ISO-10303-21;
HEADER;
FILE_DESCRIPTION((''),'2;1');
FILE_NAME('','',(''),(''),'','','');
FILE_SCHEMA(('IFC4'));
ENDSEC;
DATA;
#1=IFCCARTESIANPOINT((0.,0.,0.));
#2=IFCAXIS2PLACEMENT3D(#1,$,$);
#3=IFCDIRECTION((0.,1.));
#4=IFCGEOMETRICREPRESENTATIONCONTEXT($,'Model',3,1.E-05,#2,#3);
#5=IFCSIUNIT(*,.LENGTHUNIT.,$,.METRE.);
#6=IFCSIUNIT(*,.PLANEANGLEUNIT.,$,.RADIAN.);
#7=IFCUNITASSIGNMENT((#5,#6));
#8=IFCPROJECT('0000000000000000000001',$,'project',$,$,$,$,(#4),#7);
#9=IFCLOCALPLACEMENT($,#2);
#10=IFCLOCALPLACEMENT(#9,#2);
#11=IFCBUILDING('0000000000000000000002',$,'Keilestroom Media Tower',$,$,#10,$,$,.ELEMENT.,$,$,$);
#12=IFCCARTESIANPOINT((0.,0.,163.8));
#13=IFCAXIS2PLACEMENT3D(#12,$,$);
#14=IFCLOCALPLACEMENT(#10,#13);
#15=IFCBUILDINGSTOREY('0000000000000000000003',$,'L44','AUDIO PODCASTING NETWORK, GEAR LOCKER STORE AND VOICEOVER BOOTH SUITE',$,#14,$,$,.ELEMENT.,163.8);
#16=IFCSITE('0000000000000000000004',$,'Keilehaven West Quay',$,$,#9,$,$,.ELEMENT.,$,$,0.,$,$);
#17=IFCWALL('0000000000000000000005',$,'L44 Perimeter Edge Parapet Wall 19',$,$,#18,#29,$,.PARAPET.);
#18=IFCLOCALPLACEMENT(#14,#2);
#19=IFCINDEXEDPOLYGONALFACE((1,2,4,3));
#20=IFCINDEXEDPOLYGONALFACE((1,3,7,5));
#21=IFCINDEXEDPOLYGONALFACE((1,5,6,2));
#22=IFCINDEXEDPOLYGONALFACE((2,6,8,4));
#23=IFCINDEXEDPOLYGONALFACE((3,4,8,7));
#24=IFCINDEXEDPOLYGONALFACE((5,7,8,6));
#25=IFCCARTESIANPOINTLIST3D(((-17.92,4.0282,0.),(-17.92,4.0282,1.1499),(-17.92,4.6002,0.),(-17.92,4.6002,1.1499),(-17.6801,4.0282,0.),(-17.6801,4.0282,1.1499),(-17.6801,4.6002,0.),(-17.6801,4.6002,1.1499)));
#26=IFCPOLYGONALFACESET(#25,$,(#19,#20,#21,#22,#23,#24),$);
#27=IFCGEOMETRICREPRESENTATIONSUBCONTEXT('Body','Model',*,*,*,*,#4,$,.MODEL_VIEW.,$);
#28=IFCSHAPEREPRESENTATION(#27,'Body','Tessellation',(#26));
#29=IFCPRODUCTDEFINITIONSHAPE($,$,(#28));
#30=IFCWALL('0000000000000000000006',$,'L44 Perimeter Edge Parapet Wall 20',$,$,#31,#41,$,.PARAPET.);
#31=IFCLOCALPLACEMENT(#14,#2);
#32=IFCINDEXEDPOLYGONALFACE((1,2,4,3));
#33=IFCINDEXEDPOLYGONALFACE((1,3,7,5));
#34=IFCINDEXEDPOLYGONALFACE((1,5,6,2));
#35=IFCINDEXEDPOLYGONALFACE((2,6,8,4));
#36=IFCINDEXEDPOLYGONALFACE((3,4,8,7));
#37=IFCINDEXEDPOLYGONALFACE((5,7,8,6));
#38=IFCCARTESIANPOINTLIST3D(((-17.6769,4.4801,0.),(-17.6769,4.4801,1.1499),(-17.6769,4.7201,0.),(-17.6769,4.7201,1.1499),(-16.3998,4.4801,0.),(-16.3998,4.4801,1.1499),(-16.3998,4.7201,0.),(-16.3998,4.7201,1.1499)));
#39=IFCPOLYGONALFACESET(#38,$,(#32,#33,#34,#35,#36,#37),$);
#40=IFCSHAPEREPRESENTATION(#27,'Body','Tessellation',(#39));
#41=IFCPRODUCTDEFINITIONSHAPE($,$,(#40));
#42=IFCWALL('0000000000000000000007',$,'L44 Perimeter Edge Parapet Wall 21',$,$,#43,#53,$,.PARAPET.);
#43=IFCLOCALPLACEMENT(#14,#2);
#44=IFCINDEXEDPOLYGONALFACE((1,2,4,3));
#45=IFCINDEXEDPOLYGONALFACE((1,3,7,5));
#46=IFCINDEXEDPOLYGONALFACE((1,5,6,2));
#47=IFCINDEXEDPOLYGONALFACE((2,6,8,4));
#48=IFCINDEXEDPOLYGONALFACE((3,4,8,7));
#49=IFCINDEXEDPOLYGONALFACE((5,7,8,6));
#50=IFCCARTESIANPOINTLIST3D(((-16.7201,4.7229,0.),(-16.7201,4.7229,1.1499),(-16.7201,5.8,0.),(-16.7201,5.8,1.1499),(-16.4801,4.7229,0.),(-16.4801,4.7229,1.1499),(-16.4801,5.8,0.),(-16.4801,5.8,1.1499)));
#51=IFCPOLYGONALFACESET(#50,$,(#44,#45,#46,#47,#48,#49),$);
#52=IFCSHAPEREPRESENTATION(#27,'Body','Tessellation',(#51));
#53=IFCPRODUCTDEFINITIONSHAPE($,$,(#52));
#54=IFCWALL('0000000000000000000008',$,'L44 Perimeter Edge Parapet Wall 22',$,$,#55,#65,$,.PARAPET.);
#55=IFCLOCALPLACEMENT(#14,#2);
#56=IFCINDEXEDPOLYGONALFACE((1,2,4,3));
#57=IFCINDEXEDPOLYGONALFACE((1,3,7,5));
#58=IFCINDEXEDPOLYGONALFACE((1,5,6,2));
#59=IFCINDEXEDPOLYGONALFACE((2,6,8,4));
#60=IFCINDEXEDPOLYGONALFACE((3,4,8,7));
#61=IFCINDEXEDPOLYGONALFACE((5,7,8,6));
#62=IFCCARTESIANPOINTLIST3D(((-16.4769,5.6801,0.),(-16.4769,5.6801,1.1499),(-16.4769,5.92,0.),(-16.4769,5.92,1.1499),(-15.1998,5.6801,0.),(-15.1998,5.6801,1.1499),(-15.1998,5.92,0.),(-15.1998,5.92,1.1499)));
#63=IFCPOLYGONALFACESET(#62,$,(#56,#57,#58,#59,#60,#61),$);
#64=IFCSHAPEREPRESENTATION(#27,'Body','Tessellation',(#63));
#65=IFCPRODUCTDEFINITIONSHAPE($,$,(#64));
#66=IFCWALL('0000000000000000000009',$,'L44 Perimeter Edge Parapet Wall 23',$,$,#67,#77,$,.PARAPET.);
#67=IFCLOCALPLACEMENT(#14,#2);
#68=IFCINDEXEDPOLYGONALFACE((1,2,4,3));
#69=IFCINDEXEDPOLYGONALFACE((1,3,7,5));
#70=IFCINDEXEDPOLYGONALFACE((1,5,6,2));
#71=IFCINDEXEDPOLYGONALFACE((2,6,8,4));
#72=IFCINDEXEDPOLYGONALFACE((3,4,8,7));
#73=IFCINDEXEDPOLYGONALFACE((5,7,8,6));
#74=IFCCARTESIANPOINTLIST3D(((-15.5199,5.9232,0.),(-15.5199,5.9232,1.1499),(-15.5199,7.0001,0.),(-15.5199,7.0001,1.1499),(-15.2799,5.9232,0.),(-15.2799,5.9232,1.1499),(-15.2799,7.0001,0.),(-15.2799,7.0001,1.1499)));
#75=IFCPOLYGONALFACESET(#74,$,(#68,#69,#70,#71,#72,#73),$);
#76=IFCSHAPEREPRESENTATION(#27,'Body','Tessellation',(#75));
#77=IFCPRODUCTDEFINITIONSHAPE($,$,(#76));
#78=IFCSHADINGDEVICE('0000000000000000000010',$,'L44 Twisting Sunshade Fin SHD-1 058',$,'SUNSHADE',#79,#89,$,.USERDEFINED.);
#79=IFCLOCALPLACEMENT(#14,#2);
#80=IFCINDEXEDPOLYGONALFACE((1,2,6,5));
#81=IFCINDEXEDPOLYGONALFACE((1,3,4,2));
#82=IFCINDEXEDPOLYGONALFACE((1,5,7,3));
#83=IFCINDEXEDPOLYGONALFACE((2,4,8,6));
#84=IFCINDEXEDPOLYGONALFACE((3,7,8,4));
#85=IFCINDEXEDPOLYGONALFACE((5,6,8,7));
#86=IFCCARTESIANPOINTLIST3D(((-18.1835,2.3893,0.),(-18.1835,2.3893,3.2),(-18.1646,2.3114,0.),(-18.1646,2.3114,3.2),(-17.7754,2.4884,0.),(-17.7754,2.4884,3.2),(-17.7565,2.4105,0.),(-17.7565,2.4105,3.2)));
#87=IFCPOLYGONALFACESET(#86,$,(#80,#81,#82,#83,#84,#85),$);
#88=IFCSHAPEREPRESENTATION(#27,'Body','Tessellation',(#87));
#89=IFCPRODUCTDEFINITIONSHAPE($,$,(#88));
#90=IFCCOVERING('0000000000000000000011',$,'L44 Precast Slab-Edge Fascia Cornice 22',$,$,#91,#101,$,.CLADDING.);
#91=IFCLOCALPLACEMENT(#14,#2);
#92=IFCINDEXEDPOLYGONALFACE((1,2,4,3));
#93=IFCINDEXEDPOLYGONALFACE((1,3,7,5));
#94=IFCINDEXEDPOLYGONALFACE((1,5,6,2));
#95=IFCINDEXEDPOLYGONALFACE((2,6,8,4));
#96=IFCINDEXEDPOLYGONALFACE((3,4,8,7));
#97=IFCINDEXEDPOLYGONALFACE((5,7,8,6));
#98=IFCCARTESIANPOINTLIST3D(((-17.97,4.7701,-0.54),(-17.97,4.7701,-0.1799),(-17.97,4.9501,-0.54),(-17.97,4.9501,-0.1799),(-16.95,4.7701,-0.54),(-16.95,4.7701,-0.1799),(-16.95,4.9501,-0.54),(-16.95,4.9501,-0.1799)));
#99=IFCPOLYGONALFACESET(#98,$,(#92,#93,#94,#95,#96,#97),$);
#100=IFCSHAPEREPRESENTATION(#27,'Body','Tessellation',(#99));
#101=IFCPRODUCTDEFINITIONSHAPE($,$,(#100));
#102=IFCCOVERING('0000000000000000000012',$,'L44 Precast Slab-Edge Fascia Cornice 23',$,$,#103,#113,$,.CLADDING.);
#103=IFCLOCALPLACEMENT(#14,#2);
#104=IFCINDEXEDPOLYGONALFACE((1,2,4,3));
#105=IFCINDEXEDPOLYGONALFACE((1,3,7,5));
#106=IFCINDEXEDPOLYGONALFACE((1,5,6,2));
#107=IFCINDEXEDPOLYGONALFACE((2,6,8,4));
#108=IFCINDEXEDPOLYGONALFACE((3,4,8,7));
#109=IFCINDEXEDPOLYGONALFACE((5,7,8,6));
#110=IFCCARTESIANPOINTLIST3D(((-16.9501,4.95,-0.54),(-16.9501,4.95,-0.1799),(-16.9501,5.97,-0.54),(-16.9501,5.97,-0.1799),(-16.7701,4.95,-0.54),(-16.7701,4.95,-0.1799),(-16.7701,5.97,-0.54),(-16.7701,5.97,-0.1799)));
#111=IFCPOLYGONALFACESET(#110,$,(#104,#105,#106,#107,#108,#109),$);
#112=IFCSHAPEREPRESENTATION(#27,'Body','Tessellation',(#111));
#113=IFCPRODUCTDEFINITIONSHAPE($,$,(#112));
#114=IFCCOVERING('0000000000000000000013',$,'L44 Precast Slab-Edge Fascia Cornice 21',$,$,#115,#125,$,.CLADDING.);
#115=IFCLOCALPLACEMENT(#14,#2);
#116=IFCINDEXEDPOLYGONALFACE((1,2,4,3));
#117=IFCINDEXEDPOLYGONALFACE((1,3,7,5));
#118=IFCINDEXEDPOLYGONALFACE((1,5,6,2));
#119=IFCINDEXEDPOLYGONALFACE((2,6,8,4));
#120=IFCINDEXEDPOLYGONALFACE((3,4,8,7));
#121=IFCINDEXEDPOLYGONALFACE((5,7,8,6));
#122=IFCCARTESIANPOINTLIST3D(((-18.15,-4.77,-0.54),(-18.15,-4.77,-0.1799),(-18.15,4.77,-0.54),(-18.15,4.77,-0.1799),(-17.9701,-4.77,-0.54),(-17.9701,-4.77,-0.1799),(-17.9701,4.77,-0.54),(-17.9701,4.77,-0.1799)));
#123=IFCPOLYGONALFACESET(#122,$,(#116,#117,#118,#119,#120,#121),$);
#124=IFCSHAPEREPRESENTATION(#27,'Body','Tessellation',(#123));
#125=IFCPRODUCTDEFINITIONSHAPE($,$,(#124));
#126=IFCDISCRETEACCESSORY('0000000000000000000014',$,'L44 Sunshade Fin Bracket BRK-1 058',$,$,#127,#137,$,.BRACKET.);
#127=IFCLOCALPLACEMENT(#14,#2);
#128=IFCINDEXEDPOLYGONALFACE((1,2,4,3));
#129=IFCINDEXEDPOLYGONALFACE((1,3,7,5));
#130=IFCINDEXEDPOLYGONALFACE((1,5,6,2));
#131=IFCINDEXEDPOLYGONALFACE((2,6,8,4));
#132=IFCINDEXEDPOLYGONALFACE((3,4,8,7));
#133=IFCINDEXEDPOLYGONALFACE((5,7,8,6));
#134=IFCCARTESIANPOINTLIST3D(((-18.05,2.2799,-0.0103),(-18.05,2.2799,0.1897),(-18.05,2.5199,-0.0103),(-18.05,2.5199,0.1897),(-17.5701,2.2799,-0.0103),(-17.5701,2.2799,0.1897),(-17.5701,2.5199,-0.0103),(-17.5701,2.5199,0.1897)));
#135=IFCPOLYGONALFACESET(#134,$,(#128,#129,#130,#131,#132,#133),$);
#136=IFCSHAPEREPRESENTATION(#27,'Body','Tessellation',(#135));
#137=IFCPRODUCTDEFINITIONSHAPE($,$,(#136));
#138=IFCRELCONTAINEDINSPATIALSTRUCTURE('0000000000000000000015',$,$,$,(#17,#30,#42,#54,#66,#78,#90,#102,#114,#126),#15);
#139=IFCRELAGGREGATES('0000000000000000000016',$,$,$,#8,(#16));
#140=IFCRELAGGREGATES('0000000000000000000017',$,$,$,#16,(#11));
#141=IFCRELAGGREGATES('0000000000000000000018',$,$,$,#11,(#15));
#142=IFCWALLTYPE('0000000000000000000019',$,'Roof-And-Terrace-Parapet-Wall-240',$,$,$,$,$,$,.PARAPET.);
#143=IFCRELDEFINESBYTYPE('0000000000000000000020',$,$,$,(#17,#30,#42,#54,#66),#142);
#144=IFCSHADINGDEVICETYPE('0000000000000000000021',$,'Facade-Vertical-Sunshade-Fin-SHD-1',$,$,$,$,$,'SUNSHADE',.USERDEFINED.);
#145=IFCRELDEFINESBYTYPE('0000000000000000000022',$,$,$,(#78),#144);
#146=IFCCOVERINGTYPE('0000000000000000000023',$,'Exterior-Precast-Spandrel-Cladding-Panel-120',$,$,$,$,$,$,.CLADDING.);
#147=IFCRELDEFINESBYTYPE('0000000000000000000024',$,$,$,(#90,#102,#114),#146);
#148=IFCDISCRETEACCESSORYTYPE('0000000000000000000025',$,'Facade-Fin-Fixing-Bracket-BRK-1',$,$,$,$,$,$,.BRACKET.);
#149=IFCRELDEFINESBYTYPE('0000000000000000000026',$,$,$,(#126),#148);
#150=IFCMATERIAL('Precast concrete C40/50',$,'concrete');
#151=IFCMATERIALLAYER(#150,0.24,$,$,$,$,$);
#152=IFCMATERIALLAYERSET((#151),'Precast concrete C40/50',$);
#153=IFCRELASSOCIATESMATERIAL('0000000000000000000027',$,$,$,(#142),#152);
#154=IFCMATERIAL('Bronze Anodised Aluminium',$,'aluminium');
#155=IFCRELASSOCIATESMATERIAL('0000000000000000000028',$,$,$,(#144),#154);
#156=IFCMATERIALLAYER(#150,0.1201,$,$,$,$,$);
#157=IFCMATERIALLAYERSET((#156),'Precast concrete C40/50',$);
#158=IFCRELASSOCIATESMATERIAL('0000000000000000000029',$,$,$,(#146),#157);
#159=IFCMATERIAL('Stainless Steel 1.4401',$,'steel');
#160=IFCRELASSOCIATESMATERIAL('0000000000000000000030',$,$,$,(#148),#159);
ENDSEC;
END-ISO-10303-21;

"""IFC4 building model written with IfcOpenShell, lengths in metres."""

from ifc_helpers import new_model, si_unit, direction, frame, frame_2d, origin, origin_2d, place, context, subcontext, project, spatial, rectangle, extrude, source, transform, mapped, material, layer, layer_set, type_object, element, save


model = new_model("IFC4")

# Units and contexts
model_context = context("Model", 3, precision=1e-05, world=origin(), true_north=direction((0.0, 1.0)))
body_context = subcontext(model_context, "Body", "Model", "MODEL_VIEW")
ifc_project = project(units=[si_unit("LENGTHUNIT", "METRE"), si_unit("PLANEANGLEUNIT", "RADIAN")], contexts=[model_context])

# Site, building, storey
site_placement = place(None, origin())
site = spatial("IfcSite", under=ifc_project, at=site_placement, Name="Keilehaven West Quay", CompositionType="ELEMENT", RefElevation=0.0)
building_placement = place(site_placement, origin())
building = spatial("IfcBuilding", under=site, at=building_placement, Name="Keilestroom Media Tower", CompositionType="ELEMENT")
storey_placement = place(building_placement, frame((0.0, 0.0, 163.8)))
storey = spatial("IfcBuildingStorey", under=building, at=storey_placement, Name="L44", Description="AUDIO PODCASTING NETWORK, GEAR LOCKER STORE AND VOICEOVER BOOTH SUITE", CompositionType="ELEMENT", Elevation=163.8)

# Shared definitions
ifc_material_1 = material(Name="Precast concrete C40/50", Category="concrete")

# Walls
ifc_layer_1 = layer(ifc_material_1, 0.24)
ifc_layer_set_1 = layer_set([ifc_layer_1], Name="Precast concrete C40/50")
wall_type_1 = type_object("IfcWallType", Name="Roof-And-Terrace-Parapet-Wall-240", PredefinedType="PARAPET", material=ifc_layer_set_1)
wall_1_placement = place(storey_placement, frame((-17.8, 4.0281, 0.0), z_axis=(0.0, 0.0, 1.0), x_axis=(0.0, 1.0, 0.0)))
element("IfcWall", 1, at=wall_1_placement, inside=storey, type_object=wall_type_1, Name="L44 Perimeter Edge Parapet Wall 19", PredefinedType="PARAPET", context=body_context, shape_type="SweptSolid", body=[
    extrude(rectangle(XDim=0.572, YDim=0.24, at=frame_2d((0.2861, 0.0))), origin(), (0.0, 0.0, 1.0), 1.1499),
])
wall_2_placement = place(storey_placement, frame((-17.677, 4.6001, 0.0), z_axis=(0.0, 0.0, 1.0), x_axis=(1.0, 0.0, 0.0)))
element("IfcWall", 2, at=wall_2_placement, inside=storey, type_object=wall_type_1, Name="L44 Perimeter Edge Parapet Wall 20", PredefinedType="PARAPET", context=body_context, shape_type="SweptSolid", body=[
    extrude(rectangle(XDim=1.2771, YDim=0.24, at=frame_2d((0.6387, 0.0))), origin(), (0.0, 0.0, 1.0), 1.1499),
])
wall_3_placement = place(storey_placement, frame((-16.6001, 4.7229, 0.0), z_axis=(0.0, 0.0, 1.0), x_axis=(0.0, 1.0, 0.0)))
element("IfcWall", 3, at=wall_3_placement, inside=storey, type_object=wall_type_1, Name="L44 Perimeter Edge Parapet Wall 21", PredefinedType="PARAPET", context=body_context, shape_type="SweptSolid", body=[
    extrude(rectangle(XDim=1.0771, YDim=0.24, at=frame_2d((0.5386, 0.0))), origin(), (0.0, 0.0, 1.0), 1.1499),
])
wall_4_placement = place(storey_placement, frame((-16.4771, 5.8, 0.0), z_axis=(0.0, 0.0, 1.0), x_axis=(1.0, 0.0, 0.0)))
element("IfcWall", 4, at=wall_4_placement, inside=storey, type_object=wall_type_1, Name="L44 Perimeter Edge Parapet Wall 22", PredefinedType="PARAPET", context=body_context, shape_type="SweptSolid", body=[
    extrude(rectangle(XDim=1.2771, YDim=0.24, at=frame_2d((0.6387, 0.0))), origin(), (0.0, 0.0, 1.0), 1.1499),
])
wall_5_placement = place(storey_placement, frame((-15.3999, 5.9231, 0.0), z_axis=(0.0, 0.0, 1.0), x_axis=(0.0, 1.0, 0.0)))
element("IfcWall", 5, at=wall_5_placement, inside=storey, type_object=wall_type_1, Name="L44 Perimeter Edge Parapet Wall 23", PredefinedType="PARAPET", context=body_context, shape_type="SweptSolid", body=[
    extrude(rectangle(XDim=1.0769, YDim=0.24, at=frame_2d((0.5386, 0.0))), origin(), (0.0, 0.0, 1.0), 1.1499),
])

# Shading device
ifc_material_2 = material(Name="Bronze Anodised Aluminium", Category="aluminium")
shading_device_type = type_object("IfcShadingDeviceType", Name="Facade-Vertical-Sunshade-Fin-SHD-1", ElementType="SUNSHADE", PredefinedType="USERDEFINED", material=ifc_material_2)
shared_shape_1 = source(origin(), body_context, "Body", "SweptSolid", [
    extrude(rectangle(XDim=0.4199, YDim=0.0801, at=origin_2d()), origin(), (0.0, 0.0, 1.0), 3.2),
])
shading_device_placement = place(storey_placement, frame((-17.97, 2.3999, 0.0), z_axis=(0.0, 0.0, 1.0), x_axis=(0.971755, 0.23599, 0.0)))
element("IfcShadingDevice", 6, at=shading_device_placement, inside=storey, type_object=shading_device_type, Name="L44 Twisting Sunshade Fin SHD-1 058", ObjectType="SUNSHADE", PredefinedType="USERDEFINED", context=body_context, shape_type="MappedRepresentation", body=[
    mapped(shared_shape_1, transform((0.0, 0.0, 0.0), x_axis=(1.0, 0.0, 0.0), y_axis=(0.0, 1.0, 0.0), z_axis=(0.0, 0.0, 1.0), scale=1.0)),
])

# Coverings
ifc_layer_2 = layer(ifc_material_1, 0.1201)
ifc_layer_set_2 = layer_set([ifc_layer_2], Name="Precast concrete C40/50")
covering_type = type_object("IfcCoveringType", Name="Exterior-Precast-Spandrel-Cladding-Panel-120", PredefinedType="CLADDING", material=ifc_layer_set_2)
shared_shape_2 = source(origin(), body_context, "Body", "SweptSolid", [
    extrude(rectangle(XDim=1.02, YDim=0.1799, at=origin_2d()), origin(), (0.0, 0.0, 1.0), 0.3601),
])
for number, where, z_axis, x_axis, name in (
    (7, (-17.46, 4.8601, -0.54), (0.0, 0.0, 1.0), (1.0, 0.0, 0.0), "L44 Precast Slab-Edge Fascia Cornice 22"),
    (8, (-16.8601, 5.46, -0.54), (0.0, 0.0, 1.0), (0.0, 1.0, 0.0), "L44 Precast Slab-Edge Fascia Cornice 23"),
):
    element("IfcCovering", number, at=place(storey_placement, frame(where, z_axis=z_axis, x_axis=x_axis)), inside=storey, type_object=covering_type, Name=name, PredefinedType="CLADDING", context=body_context, shape_type="MappedRepresentation", body=[
        mapped(shared_shape_2, transform((0.0, 0.0, 0.0), x_axis=(1.0, 0.0, 0.0), y_axis=(0.0, 1.0, 0.0), z_axis=(0.0, 0.0, 1.0), scale=1.0)),
    ])
shared_shape_3 = source(origin(), body_context, "Body", "SweptSolid", [
    extrude(rectangle(XDim=9.54, YDim=0.1799, at=origin_2d()), origin(), (0.0, 0.0, 1.0), 0.3601),
])
covering_placement = place(storey_placement, frame((-18.0601, 0.0, -0.54), z_axis=(0.0, 0.0, 1.0), x_axis=(0.0, 1.0, 0.0)))
element("IfcCovering", 9, at=covering_placement, inside=storey, type_object=covering_type, Name="L44 Precast Slab-Edge Fascia Cornice 21", PredefinedType="CLADDING", context=body_context, shape_type="MappedRepresentation", body=[
    mapped(shared_shape_3, transform((0.0, 0.0, 0.0), x_axis=(1.0, 0.0, 0.0), y_axis=(0.0, 1.0, 0.0), z_axis=(0.0, 0.0, 1.0), scale=1.0)),
])

# Discrete accessory
ifc_material_3 = material(Name="Stainless Steel 1.4401", Category="steel")
discrete_accessory_type = type_object("IfcDiscreteAccessoryType", Name="Facade-Fin-Fixing-Bracket-BRK-1", PredefinedType="BRACKET", material=ifc_material_3)
shared_shape_4 = source(origin(), body_context, "Body", "SweptSolid", [
    extrude(rectangle(XDim=0.48, YDim=0.24, at=origin_2d()), origin(), (0.0, 0.0, 1.0), 0.2),
])
discrete_accessory_placement = place(storey_placement, frame((-17.8101, 2.3999, -0.0103), z_axis=(0.0, 0.0, 1.0), x_axis=(1.0, 0.0, 0.0)))
element("IfcDiscreteAccessory", 10, at=discrete_accessory_placement, inside=storey, type_object=discrete_accessory_type, Name="L44 Sunshade Fin Bracket BRK-1 058", PredefinedType="BRACKET", context=body_context, shape_type="MappedRepresentation", body=[
    mapped(shared_shape_4, transform((0.0, 0.0, 0.0), x_axis=(1.0, 0.0, 0.0), y_axis=(0.0, 1.0, 0.0), z_axis=(0.0, 0.0, 1.0), scale=1.0)),
])

save(model, "model.ifc")
